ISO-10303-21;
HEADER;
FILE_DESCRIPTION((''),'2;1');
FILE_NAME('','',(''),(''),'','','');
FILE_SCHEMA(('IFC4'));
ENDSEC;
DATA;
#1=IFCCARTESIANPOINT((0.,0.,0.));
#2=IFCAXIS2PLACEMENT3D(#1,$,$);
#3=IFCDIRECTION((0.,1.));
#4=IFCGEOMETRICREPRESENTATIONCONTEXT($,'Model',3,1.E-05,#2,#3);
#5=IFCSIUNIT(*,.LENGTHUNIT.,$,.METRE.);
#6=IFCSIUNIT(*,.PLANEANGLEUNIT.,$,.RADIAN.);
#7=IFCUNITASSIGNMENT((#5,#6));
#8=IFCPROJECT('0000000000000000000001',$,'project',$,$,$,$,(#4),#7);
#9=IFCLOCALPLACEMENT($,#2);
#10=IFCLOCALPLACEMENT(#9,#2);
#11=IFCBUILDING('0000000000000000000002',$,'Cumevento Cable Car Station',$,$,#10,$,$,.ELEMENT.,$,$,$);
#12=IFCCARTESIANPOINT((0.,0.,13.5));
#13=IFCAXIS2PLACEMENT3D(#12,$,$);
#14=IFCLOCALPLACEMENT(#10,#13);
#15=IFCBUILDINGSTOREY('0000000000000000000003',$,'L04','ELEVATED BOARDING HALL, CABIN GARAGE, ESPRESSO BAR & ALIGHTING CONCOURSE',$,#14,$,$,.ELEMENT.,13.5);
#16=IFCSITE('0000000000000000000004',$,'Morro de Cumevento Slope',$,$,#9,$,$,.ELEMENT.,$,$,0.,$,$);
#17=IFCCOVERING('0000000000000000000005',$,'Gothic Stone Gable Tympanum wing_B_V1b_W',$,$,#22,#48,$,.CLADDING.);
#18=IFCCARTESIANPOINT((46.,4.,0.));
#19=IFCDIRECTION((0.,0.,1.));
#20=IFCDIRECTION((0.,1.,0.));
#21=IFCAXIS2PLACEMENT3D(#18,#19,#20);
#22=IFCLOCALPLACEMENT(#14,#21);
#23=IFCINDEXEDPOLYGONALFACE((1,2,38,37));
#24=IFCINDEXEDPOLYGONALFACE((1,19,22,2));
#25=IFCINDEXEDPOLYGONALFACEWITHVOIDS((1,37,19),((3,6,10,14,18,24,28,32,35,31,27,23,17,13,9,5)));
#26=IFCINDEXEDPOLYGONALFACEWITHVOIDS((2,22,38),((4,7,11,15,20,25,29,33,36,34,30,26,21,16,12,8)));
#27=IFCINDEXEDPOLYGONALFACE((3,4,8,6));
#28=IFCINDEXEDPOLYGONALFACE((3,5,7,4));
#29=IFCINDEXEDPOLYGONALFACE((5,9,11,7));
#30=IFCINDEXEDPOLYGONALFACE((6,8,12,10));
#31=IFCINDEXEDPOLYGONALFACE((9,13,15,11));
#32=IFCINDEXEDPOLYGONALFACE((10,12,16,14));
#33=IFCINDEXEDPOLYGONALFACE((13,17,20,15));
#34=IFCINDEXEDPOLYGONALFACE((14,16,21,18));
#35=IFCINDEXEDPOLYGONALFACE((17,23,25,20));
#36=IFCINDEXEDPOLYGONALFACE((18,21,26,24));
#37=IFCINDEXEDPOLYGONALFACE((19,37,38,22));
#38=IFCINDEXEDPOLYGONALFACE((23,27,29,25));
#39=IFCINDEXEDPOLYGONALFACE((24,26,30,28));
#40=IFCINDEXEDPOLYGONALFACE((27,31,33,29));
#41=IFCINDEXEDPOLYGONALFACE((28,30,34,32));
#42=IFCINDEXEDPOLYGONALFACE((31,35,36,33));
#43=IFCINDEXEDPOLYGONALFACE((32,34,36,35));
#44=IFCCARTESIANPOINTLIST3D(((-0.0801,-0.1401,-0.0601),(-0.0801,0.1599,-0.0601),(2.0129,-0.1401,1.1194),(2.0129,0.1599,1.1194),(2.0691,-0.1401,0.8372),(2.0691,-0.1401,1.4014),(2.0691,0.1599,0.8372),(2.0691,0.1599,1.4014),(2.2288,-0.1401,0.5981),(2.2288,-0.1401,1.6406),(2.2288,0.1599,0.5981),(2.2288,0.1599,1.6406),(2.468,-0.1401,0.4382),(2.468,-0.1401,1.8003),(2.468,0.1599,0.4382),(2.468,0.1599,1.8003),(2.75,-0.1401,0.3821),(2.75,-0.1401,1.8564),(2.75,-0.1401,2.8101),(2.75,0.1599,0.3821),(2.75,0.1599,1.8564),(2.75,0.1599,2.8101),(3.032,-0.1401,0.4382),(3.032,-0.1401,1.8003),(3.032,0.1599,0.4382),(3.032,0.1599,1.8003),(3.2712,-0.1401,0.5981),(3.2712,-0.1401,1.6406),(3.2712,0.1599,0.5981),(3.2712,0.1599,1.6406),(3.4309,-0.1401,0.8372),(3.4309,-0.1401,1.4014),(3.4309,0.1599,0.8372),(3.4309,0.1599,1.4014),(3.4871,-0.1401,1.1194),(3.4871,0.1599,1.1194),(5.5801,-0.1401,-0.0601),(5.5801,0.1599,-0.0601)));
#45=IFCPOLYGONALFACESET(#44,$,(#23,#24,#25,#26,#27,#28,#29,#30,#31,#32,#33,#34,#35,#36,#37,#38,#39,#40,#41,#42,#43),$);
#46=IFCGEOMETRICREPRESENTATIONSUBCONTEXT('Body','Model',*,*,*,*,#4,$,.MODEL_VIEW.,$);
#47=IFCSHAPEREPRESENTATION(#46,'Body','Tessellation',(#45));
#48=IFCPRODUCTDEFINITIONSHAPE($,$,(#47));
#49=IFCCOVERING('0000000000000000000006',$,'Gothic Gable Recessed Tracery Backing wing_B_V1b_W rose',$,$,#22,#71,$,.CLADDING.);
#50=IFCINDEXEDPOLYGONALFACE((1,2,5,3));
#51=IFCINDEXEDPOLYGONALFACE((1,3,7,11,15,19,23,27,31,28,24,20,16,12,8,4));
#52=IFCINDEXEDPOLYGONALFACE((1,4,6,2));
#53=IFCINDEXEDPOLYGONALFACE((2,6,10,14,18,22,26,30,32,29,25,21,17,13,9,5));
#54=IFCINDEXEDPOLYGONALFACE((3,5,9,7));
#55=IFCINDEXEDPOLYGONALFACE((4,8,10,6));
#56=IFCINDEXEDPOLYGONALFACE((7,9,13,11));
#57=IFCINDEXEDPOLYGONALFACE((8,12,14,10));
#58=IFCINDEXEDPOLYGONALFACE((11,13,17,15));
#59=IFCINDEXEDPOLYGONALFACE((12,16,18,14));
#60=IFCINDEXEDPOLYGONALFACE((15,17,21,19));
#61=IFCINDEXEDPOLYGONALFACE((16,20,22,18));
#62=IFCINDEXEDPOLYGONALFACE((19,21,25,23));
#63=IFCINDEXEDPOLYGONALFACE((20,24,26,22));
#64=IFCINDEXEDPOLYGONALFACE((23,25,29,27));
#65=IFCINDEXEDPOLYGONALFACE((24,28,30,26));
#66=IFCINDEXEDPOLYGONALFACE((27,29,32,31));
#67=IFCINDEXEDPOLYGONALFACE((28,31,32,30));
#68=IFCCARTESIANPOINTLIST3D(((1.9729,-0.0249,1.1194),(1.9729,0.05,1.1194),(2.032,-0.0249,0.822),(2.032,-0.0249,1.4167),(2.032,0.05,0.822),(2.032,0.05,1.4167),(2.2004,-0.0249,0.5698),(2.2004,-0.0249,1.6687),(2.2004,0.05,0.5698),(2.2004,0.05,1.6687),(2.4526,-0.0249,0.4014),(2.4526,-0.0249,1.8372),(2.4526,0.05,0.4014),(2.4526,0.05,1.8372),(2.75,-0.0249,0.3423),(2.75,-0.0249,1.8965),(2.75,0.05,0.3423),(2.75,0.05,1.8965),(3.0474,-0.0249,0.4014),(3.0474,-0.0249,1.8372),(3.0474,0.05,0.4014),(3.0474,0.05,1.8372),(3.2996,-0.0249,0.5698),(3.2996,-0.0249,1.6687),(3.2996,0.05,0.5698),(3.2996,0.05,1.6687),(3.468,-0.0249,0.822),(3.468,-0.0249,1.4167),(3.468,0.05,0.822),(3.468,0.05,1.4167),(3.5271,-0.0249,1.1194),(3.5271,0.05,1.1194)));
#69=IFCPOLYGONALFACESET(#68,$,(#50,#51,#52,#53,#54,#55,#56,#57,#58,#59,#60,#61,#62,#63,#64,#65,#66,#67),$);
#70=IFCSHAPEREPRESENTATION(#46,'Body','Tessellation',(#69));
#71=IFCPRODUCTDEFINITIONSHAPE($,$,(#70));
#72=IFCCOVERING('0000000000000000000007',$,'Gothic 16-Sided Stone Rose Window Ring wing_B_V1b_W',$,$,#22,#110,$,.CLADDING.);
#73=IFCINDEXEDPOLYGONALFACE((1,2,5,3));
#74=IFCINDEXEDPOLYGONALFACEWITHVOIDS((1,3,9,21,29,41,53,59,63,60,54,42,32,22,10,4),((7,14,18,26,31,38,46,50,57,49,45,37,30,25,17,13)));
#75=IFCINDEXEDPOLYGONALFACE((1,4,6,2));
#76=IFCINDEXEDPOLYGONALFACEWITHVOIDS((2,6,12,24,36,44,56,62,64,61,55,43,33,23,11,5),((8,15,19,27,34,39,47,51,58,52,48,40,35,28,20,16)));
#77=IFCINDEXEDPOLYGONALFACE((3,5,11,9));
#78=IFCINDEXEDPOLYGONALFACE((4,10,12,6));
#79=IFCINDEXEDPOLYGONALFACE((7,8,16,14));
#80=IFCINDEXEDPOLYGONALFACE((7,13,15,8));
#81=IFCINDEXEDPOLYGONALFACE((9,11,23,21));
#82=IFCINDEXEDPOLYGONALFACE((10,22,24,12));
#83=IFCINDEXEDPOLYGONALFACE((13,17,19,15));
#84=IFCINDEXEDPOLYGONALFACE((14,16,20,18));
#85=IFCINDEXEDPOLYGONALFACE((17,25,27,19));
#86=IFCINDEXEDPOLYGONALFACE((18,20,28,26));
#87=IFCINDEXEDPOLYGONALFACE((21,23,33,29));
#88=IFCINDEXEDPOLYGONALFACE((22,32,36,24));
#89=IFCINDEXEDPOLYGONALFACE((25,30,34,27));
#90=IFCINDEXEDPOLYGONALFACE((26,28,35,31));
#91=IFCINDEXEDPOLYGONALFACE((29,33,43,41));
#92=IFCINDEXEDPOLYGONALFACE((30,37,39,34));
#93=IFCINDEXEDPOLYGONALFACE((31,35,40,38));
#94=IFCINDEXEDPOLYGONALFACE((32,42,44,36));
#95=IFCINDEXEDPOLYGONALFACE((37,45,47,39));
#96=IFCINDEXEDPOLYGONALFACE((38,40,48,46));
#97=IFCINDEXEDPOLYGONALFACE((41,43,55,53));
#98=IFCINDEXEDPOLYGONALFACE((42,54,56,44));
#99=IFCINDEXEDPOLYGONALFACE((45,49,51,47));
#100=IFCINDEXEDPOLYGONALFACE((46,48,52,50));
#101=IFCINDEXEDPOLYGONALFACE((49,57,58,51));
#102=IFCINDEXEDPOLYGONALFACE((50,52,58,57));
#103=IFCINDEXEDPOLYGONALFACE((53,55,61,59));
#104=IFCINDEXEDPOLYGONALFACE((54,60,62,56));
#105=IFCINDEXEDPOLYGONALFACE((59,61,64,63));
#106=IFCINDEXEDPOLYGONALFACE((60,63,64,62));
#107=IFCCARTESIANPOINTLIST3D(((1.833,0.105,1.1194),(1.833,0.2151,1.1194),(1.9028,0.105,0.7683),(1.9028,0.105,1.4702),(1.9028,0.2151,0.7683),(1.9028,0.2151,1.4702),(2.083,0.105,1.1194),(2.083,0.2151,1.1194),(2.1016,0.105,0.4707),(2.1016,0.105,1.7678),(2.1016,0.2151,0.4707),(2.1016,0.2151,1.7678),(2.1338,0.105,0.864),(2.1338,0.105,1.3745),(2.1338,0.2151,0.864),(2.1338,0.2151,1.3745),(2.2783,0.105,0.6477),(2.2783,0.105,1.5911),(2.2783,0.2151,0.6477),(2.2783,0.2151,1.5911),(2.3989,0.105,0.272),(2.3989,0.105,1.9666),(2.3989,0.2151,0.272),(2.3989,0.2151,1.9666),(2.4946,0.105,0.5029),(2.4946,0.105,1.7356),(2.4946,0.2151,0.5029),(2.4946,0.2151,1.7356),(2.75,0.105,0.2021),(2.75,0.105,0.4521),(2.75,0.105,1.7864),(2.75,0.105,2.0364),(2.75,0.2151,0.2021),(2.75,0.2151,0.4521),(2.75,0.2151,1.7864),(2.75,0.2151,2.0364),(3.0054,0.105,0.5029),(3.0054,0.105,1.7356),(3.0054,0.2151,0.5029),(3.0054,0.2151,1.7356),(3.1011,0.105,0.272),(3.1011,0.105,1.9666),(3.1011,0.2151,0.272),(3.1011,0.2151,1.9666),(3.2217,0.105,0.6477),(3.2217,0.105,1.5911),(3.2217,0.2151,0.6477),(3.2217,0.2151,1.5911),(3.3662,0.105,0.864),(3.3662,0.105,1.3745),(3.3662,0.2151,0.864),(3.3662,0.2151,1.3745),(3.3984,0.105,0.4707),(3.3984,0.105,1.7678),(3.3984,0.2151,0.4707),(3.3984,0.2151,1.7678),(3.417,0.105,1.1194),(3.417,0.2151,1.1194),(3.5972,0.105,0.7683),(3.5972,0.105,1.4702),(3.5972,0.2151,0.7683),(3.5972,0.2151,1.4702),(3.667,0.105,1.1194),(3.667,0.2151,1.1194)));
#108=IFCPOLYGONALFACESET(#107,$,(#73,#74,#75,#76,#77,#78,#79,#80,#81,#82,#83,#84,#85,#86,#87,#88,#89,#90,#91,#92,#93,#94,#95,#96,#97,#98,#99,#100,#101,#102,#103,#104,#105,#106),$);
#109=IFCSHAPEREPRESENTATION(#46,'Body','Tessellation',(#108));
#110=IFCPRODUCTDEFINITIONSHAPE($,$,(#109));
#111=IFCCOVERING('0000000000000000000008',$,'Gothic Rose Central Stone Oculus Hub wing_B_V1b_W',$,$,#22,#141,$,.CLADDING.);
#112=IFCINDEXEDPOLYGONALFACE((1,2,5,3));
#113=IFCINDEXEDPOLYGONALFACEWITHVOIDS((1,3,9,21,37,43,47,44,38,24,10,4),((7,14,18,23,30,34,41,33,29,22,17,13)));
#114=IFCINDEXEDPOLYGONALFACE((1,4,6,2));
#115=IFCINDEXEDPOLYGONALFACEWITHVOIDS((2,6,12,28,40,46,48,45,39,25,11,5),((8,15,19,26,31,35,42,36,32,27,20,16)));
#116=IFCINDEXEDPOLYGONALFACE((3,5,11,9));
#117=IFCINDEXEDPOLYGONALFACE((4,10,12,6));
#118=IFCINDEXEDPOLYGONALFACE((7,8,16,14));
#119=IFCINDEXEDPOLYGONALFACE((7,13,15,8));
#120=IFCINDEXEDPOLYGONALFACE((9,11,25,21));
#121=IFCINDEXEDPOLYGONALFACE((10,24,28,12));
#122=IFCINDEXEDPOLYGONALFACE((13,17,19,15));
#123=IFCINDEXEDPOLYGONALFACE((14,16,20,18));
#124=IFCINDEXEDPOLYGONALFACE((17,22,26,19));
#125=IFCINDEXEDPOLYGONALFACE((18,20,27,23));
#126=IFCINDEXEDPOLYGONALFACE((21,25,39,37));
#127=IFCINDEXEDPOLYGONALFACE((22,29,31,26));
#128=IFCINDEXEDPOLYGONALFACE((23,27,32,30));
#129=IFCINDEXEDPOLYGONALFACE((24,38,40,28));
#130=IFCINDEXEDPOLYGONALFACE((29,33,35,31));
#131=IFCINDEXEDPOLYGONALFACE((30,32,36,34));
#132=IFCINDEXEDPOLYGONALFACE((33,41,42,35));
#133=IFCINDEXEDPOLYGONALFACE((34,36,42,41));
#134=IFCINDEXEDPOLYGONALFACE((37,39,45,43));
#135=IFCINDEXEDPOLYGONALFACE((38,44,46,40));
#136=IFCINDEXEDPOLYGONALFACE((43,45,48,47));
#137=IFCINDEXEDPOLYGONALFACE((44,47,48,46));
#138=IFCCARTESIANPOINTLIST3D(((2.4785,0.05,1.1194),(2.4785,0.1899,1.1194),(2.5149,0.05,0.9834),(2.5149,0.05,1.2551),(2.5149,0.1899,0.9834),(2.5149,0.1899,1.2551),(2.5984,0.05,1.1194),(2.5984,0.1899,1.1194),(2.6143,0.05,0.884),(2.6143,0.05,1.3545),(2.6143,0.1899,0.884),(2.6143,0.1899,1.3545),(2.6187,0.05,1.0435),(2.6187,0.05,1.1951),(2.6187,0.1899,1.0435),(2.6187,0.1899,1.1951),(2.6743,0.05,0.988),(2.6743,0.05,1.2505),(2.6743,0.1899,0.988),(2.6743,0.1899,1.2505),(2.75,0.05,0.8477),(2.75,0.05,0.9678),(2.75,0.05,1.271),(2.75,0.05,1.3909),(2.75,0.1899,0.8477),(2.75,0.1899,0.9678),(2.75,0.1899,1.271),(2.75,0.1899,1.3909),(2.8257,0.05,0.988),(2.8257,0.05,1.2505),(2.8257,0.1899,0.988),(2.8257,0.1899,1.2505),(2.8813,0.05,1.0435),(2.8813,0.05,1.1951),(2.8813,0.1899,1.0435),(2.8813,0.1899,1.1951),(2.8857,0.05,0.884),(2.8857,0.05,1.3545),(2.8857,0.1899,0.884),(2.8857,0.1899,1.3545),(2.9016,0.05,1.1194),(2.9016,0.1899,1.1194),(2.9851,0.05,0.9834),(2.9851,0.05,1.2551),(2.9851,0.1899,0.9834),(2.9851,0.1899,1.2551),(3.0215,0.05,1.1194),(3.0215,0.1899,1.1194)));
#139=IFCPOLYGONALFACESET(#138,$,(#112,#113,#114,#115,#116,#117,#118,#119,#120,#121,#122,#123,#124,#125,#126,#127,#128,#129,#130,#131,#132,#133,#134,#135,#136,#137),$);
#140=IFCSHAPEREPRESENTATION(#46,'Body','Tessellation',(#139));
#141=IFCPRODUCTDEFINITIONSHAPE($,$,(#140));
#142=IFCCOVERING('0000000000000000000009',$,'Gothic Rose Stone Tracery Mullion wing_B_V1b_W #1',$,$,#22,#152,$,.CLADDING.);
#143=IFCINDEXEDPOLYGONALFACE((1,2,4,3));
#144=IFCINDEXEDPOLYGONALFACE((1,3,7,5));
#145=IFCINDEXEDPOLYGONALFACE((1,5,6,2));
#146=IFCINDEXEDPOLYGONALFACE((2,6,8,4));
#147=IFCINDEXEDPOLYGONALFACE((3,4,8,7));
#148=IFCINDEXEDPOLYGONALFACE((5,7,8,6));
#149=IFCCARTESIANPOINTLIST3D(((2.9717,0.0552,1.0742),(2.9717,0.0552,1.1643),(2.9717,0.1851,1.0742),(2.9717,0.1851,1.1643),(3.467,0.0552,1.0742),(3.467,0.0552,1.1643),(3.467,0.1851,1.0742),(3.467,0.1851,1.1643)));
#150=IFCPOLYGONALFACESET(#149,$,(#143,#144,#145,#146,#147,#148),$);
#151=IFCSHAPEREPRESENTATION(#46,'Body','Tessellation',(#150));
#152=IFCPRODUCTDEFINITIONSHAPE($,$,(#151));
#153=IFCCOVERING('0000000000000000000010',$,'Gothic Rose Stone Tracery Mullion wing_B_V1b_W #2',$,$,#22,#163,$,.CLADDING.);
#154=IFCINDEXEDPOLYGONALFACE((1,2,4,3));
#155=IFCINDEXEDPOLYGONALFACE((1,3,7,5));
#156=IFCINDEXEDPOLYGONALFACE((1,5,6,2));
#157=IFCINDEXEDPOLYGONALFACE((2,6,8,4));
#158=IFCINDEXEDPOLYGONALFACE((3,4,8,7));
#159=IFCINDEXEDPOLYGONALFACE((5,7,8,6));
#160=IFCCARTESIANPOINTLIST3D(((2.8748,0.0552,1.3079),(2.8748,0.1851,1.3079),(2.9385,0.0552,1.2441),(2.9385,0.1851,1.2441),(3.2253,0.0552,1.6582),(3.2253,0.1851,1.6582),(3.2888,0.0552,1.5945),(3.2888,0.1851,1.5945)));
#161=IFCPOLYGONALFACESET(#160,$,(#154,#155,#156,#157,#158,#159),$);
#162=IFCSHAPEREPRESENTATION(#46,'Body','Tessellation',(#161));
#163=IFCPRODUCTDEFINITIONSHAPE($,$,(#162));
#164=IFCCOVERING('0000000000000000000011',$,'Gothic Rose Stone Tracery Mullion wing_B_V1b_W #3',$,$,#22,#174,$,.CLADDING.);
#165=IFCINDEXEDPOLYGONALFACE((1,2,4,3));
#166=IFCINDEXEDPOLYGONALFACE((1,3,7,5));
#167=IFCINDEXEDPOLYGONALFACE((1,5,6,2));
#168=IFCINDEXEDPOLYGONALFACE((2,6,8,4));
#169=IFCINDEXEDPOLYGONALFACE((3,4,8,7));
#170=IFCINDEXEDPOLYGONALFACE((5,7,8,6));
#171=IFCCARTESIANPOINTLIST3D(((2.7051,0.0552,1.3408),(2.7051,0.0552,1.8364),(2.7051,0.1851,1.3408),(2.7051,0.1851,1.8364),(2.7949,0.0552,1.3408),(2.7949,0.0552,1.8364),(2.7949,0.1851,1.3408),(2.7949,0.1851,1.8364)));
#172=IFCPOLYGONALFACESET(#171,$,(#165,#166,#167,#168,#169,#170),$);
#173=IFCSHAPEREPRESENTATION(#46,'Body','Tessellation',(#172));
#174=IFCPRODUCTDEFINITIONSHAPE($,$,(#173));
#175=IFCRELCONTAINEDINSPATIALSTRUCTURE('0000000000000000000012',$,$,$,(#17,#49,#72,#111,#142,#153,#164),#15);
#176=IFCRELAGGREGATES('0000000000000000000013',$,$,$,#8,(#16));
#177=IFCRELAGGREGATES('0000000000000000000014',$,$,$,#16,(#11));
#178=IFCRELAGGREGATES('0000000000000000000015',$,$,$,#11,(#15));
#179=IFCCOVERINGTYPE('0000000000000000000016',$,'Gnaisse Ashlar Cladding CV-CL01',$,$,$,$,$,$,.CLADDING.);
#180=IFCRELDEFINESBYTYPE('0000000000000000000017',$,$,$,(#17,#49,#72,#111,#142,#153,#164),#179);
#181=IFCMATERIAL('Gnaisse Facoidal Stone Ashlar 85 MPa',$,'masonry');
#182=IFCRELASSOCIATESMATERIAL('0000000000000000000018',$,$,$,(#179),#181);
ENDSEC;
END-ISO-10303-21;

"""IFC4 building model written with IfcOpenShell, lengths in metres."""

from ifc_helpers import new_model, si_unit, direction, frame, origin, place, context, subcontext, project, spatial, polyline, outline, extrude, material, type_object, element, save


model = new_model("IFC4")

# Units and contexts
model_context = context("Model", 3, precision=1e-05, world=origin(), true_north=direction((0.0, 1.0)))
body_context = subcontext(model_context, "Body", "Model", "MODEL_VIEW")
ifc_project = project(units=[si_unit("LENGTHUNIT", "METRE"), si_unit("PLANEANGLEUNIT", "RADIAN")], contexts=[model_context])

# Site, building, storey
site_placement = place(None, origin())
site = spatial("IfcSite", under=ifc_project, at=site_placement, Name="Morro de Cumevento Slope", CompositionType="ELEMENT", RefElevation=0.0)
building_placement = place(site_placement, origin())
building = spatial("IfcBuilding", under=site, at=building_placement, Name="Cumevento Cable Car Station", CompositionType="ELEMENT")
storey_placement = place(building_placement, frame((0.0, 0.0, 13.5)))
storey = spatial("IfcBuildingStorey", under=building, at=storey_placement, Name="L04", Description="ELEVATED BOARDING HALL, CABIN GARAGE, ESPRESSO BAR & ALIGHTING CONCOURSE", CompositionType="ELEMENT", Elevation=13.5)

# Coverings
ifc_material_1 = material(Name="Gnaisse Facoidal Stone Ashlar 85 MPa", Category="masonry")
covering_type_1 = type_object("IfcCoveringType", Name="Gnaisse Ashlar Cladding CV-CL01", PredefinedType="CLADDING", material=ifc_material_1)
placement = place(storey_placement, frame((46.0, 4.0, 0.0), z_axis=(0.0, 0.0, 1.0), x_axis=(0.0, 1.0, 0.0)))
element("IfcCovering", 1, at=placement, inside=storey, type_object=covering_type_1, Name="Gothic Stone Gable Tympanum wing_B_V1b_W", PredefinedType="CLADDING", context=body_context, shape_type="SweptSolid", body=[
    extrude(outline(polyline([(-0.0801, -0.0601), (5.5801, -0.0601), (2.75, 2.8101), (-0.0801, -0.0601)]), holes=[polyline([(3.4871, 1.1194), (3.4309, 1.4014), (3.2712, 1.6406), (3.032, 1.8003), (2.75, 1.8564), (2.468, 1.8003), (2.2288, 1.6406), (2.0691, 1.4014), (2.0129, 1.1194), (2.0691, 0.8372), (2.2288, 0.5981), (2.468, 0.4382), (2.75, 0.3821), (3.032, 0.4382), (3.2712, 0.5981), (3.4309, 0.8372), (3.4871, 1.1194)])]), frame((0.0, 0.1599, 0.0), z_axis=(0.0, -1.0, 0.0), x_axis=(1.0, 0.0, 0.0)), (0.0, 0.0, 1.0), 0.3),
])
element("IfcCovering", 2, at=placement, inside=storey, type_object=covering_type_1, Name="Gothic Gable Recessed Tracery Backing wing_B_V1b_W rose", PredefinedType="CLADDING", context=body_context, shape_type="SweptSolid", body=[
    extrude(outline(polyline([(3.5271, 1.1194), (3.468, 1.4167), (3.2996, 1.6687), (3.0474, 1.8372), (2.75, 1.8965), (2.4526, 1.8372), (2.2004, 1.6687), (2.032, 1.4167), (1.9729, 1.1194), (2.032, 0.822), (2.2004, 0.5698), (2.4526, 0.4014), (2.75, 0.3423), (3.0474, 0.4014), (3.2996, 0.5698), (3.468, 0.822), (3.5271, 1.1194)])), frame((0.0, 0.05, 0.0), z_axis=(0.0, -1.0, 0.0), x_axis=(1.0, 0.0, 0.0)), (0.0, 0.0, 1.0), 0.075),
])
element("IfcCovering", 3, at=placement, inside=storey, type_object=covering_type_1, Name="Gothic 16-Sided Stone Rose Window Ring wing_B_V1b_W", PredefinedType="CLADDING", context=body_context, shape_type="SweptSolid", body=[
    extrude(outline(polyline([(3.667, 1.1194), (3.5972, 1.4702), (3.3984, 1.7678), (3.1011, 1.9666), (2.75, 2.0364), (2.3989, 1.9666), (2.1016, 1.7678), (1.9028, 1.4702), (1.833, 1.1194), (1.9028, 0.7683), (2.1016, 0.4707), (2.3989, 0.272), (2.75, 0.2021), (3.1011, 0.272), (3.3984, 0.4707), (3.5972, 0.7683), (3.667, 1.1194)]), holes=[polyline([(3.417, 1.1194), (3.3662, 1.3745), (3.2217, 1.5911), (3.0054, 1.7356), (2.75, 1.7864), (2.4946, 1.7356), (2.2783, 1.5911), (2.1338, 1.3745), (2.083, 1.1194), (2.1338, 0.864), (2.2783, 0.6477), (2.4946, 0.5029), (2.75, 0.4521), (3.0054, 0.5029), (3.2217, 0.6477), (3.3662, 0.864), (3.417, 1.1194)])]), frame((0.0, 0.2151, 0.0), z_axis=(0.0, -1.0, 0.0), x_axis=(1.0, 0.0, 0.0)), (0.0, 0.0, 1.0), 0.1101),
])
element("IfcCovering", 4, at=placement, inside=storey, type_object=covering_type_1, Name="Gothic Rose Central Stone Oculus Hub wing_B_V1b_W", PredefinedType="CLADDING", context=body_context, shape_type="SweptSolid", body=[
    extrude(outline(polyline([(3.0215, 1.1194), (2.9851, 1.2551), (2.8857, 1.3545), (2.75, 1.3909), (2.6143, 1.3545), (2.5149, 1.2551), (2.4785, 1.1194), (2.5149, 0.9834), (2.6143, 0.884), (2.75, 0.8477), (2.8857, 0.884), (2.9851, 0.9834), (3.0215, 1.1194)]), holes=[polyline([(2.9016, 1.1194), (2.8813, 1.1951), (2.8257, 1.2505), (2.75, 1.271), (2.6743, 1.2505), (2.6187, 1.1951), (2.5984, 1.1194), (2.6187, 1.0435), (2.6743, 0.988), (2.75, 0.9678), (2.8257, 0.988), (2.8813, 1.0435), (2.9016, 1.1194)])]), frame((0.0, 0.1899, 0.0), z_axis=(0.0, -1.0, 0.0), x_axis=(1.0, 0.0, 0.0)), (0.0, 0.0, 1.0), 0.1399),
])
element("IfcCovering", 5, at=placement, inside=storey, type_object=covering_type_1, Name="Gothic Rose Stone Tracery Mullion wing_B_V1b_W #1", PredefinedType="CLADDING", context=body_context, shape_type="SweptSolid", body=[
    extrude(outline(polyline([(2.9717, 1.1643), (3.467, 1.1643), (3.467, 1.0742), (2.9717, 1.0742), (2.9717, 1.1643)])), frame((0.0, 0.1851, 0.0), z_axis=(0.0, -1.0, 0.0), x_axis=(1.0, 0.0, 0.0)), (0.0, 0.0, 1.0), 0.1299),
])
element("IfcCovering", 6, at=placement, inside=storey, type_object=covering_type_1, Name="Gothic Rose Stone Tracery Mullion wing_B_V1b_W #2", PredefinedType="CLADDING", context=body_context, shape_type="SweptSolid", body=[
    extrude(outline(polyline([(2.8748, 1.3079), (3.2253, 1.6582), (3.2888, 1.5945), (2.9385, 1.2441), (2.8748, 1.3079)])), frame((0.0, 0.1851, 0.0), z_axis=(0.0, -1.0, 0.0), x_axis=(1.0, 0.0, 0.0)), (0.0, 0.0, 1.0), 0.1299),
])
element("IfcCovering", 7, at=placement, inside=storey, type_object=covering_type_1, Name="Gothic Rose Stone Tracery Mullion wing_B_V1b_W #3", PredefinedType="CLADDING", context=body_context, shape_type="SweptSolid", body=[
    extrude(outline(polyline([(2.7051, 1.3408), (2.7051, 1.8364), (2.7949, 1.8364), (2.7949, 1.3408), (2.7051, 1.3408)])), frame((0.0, 0.1851, 0.0), z_axis=(0.0, -1.0, 0.0), x_axis=(1.0, 0.0, 0.0)), (0.0, 0.0, 1.0), 0.1299),
])

save(model, "model.ifc")
